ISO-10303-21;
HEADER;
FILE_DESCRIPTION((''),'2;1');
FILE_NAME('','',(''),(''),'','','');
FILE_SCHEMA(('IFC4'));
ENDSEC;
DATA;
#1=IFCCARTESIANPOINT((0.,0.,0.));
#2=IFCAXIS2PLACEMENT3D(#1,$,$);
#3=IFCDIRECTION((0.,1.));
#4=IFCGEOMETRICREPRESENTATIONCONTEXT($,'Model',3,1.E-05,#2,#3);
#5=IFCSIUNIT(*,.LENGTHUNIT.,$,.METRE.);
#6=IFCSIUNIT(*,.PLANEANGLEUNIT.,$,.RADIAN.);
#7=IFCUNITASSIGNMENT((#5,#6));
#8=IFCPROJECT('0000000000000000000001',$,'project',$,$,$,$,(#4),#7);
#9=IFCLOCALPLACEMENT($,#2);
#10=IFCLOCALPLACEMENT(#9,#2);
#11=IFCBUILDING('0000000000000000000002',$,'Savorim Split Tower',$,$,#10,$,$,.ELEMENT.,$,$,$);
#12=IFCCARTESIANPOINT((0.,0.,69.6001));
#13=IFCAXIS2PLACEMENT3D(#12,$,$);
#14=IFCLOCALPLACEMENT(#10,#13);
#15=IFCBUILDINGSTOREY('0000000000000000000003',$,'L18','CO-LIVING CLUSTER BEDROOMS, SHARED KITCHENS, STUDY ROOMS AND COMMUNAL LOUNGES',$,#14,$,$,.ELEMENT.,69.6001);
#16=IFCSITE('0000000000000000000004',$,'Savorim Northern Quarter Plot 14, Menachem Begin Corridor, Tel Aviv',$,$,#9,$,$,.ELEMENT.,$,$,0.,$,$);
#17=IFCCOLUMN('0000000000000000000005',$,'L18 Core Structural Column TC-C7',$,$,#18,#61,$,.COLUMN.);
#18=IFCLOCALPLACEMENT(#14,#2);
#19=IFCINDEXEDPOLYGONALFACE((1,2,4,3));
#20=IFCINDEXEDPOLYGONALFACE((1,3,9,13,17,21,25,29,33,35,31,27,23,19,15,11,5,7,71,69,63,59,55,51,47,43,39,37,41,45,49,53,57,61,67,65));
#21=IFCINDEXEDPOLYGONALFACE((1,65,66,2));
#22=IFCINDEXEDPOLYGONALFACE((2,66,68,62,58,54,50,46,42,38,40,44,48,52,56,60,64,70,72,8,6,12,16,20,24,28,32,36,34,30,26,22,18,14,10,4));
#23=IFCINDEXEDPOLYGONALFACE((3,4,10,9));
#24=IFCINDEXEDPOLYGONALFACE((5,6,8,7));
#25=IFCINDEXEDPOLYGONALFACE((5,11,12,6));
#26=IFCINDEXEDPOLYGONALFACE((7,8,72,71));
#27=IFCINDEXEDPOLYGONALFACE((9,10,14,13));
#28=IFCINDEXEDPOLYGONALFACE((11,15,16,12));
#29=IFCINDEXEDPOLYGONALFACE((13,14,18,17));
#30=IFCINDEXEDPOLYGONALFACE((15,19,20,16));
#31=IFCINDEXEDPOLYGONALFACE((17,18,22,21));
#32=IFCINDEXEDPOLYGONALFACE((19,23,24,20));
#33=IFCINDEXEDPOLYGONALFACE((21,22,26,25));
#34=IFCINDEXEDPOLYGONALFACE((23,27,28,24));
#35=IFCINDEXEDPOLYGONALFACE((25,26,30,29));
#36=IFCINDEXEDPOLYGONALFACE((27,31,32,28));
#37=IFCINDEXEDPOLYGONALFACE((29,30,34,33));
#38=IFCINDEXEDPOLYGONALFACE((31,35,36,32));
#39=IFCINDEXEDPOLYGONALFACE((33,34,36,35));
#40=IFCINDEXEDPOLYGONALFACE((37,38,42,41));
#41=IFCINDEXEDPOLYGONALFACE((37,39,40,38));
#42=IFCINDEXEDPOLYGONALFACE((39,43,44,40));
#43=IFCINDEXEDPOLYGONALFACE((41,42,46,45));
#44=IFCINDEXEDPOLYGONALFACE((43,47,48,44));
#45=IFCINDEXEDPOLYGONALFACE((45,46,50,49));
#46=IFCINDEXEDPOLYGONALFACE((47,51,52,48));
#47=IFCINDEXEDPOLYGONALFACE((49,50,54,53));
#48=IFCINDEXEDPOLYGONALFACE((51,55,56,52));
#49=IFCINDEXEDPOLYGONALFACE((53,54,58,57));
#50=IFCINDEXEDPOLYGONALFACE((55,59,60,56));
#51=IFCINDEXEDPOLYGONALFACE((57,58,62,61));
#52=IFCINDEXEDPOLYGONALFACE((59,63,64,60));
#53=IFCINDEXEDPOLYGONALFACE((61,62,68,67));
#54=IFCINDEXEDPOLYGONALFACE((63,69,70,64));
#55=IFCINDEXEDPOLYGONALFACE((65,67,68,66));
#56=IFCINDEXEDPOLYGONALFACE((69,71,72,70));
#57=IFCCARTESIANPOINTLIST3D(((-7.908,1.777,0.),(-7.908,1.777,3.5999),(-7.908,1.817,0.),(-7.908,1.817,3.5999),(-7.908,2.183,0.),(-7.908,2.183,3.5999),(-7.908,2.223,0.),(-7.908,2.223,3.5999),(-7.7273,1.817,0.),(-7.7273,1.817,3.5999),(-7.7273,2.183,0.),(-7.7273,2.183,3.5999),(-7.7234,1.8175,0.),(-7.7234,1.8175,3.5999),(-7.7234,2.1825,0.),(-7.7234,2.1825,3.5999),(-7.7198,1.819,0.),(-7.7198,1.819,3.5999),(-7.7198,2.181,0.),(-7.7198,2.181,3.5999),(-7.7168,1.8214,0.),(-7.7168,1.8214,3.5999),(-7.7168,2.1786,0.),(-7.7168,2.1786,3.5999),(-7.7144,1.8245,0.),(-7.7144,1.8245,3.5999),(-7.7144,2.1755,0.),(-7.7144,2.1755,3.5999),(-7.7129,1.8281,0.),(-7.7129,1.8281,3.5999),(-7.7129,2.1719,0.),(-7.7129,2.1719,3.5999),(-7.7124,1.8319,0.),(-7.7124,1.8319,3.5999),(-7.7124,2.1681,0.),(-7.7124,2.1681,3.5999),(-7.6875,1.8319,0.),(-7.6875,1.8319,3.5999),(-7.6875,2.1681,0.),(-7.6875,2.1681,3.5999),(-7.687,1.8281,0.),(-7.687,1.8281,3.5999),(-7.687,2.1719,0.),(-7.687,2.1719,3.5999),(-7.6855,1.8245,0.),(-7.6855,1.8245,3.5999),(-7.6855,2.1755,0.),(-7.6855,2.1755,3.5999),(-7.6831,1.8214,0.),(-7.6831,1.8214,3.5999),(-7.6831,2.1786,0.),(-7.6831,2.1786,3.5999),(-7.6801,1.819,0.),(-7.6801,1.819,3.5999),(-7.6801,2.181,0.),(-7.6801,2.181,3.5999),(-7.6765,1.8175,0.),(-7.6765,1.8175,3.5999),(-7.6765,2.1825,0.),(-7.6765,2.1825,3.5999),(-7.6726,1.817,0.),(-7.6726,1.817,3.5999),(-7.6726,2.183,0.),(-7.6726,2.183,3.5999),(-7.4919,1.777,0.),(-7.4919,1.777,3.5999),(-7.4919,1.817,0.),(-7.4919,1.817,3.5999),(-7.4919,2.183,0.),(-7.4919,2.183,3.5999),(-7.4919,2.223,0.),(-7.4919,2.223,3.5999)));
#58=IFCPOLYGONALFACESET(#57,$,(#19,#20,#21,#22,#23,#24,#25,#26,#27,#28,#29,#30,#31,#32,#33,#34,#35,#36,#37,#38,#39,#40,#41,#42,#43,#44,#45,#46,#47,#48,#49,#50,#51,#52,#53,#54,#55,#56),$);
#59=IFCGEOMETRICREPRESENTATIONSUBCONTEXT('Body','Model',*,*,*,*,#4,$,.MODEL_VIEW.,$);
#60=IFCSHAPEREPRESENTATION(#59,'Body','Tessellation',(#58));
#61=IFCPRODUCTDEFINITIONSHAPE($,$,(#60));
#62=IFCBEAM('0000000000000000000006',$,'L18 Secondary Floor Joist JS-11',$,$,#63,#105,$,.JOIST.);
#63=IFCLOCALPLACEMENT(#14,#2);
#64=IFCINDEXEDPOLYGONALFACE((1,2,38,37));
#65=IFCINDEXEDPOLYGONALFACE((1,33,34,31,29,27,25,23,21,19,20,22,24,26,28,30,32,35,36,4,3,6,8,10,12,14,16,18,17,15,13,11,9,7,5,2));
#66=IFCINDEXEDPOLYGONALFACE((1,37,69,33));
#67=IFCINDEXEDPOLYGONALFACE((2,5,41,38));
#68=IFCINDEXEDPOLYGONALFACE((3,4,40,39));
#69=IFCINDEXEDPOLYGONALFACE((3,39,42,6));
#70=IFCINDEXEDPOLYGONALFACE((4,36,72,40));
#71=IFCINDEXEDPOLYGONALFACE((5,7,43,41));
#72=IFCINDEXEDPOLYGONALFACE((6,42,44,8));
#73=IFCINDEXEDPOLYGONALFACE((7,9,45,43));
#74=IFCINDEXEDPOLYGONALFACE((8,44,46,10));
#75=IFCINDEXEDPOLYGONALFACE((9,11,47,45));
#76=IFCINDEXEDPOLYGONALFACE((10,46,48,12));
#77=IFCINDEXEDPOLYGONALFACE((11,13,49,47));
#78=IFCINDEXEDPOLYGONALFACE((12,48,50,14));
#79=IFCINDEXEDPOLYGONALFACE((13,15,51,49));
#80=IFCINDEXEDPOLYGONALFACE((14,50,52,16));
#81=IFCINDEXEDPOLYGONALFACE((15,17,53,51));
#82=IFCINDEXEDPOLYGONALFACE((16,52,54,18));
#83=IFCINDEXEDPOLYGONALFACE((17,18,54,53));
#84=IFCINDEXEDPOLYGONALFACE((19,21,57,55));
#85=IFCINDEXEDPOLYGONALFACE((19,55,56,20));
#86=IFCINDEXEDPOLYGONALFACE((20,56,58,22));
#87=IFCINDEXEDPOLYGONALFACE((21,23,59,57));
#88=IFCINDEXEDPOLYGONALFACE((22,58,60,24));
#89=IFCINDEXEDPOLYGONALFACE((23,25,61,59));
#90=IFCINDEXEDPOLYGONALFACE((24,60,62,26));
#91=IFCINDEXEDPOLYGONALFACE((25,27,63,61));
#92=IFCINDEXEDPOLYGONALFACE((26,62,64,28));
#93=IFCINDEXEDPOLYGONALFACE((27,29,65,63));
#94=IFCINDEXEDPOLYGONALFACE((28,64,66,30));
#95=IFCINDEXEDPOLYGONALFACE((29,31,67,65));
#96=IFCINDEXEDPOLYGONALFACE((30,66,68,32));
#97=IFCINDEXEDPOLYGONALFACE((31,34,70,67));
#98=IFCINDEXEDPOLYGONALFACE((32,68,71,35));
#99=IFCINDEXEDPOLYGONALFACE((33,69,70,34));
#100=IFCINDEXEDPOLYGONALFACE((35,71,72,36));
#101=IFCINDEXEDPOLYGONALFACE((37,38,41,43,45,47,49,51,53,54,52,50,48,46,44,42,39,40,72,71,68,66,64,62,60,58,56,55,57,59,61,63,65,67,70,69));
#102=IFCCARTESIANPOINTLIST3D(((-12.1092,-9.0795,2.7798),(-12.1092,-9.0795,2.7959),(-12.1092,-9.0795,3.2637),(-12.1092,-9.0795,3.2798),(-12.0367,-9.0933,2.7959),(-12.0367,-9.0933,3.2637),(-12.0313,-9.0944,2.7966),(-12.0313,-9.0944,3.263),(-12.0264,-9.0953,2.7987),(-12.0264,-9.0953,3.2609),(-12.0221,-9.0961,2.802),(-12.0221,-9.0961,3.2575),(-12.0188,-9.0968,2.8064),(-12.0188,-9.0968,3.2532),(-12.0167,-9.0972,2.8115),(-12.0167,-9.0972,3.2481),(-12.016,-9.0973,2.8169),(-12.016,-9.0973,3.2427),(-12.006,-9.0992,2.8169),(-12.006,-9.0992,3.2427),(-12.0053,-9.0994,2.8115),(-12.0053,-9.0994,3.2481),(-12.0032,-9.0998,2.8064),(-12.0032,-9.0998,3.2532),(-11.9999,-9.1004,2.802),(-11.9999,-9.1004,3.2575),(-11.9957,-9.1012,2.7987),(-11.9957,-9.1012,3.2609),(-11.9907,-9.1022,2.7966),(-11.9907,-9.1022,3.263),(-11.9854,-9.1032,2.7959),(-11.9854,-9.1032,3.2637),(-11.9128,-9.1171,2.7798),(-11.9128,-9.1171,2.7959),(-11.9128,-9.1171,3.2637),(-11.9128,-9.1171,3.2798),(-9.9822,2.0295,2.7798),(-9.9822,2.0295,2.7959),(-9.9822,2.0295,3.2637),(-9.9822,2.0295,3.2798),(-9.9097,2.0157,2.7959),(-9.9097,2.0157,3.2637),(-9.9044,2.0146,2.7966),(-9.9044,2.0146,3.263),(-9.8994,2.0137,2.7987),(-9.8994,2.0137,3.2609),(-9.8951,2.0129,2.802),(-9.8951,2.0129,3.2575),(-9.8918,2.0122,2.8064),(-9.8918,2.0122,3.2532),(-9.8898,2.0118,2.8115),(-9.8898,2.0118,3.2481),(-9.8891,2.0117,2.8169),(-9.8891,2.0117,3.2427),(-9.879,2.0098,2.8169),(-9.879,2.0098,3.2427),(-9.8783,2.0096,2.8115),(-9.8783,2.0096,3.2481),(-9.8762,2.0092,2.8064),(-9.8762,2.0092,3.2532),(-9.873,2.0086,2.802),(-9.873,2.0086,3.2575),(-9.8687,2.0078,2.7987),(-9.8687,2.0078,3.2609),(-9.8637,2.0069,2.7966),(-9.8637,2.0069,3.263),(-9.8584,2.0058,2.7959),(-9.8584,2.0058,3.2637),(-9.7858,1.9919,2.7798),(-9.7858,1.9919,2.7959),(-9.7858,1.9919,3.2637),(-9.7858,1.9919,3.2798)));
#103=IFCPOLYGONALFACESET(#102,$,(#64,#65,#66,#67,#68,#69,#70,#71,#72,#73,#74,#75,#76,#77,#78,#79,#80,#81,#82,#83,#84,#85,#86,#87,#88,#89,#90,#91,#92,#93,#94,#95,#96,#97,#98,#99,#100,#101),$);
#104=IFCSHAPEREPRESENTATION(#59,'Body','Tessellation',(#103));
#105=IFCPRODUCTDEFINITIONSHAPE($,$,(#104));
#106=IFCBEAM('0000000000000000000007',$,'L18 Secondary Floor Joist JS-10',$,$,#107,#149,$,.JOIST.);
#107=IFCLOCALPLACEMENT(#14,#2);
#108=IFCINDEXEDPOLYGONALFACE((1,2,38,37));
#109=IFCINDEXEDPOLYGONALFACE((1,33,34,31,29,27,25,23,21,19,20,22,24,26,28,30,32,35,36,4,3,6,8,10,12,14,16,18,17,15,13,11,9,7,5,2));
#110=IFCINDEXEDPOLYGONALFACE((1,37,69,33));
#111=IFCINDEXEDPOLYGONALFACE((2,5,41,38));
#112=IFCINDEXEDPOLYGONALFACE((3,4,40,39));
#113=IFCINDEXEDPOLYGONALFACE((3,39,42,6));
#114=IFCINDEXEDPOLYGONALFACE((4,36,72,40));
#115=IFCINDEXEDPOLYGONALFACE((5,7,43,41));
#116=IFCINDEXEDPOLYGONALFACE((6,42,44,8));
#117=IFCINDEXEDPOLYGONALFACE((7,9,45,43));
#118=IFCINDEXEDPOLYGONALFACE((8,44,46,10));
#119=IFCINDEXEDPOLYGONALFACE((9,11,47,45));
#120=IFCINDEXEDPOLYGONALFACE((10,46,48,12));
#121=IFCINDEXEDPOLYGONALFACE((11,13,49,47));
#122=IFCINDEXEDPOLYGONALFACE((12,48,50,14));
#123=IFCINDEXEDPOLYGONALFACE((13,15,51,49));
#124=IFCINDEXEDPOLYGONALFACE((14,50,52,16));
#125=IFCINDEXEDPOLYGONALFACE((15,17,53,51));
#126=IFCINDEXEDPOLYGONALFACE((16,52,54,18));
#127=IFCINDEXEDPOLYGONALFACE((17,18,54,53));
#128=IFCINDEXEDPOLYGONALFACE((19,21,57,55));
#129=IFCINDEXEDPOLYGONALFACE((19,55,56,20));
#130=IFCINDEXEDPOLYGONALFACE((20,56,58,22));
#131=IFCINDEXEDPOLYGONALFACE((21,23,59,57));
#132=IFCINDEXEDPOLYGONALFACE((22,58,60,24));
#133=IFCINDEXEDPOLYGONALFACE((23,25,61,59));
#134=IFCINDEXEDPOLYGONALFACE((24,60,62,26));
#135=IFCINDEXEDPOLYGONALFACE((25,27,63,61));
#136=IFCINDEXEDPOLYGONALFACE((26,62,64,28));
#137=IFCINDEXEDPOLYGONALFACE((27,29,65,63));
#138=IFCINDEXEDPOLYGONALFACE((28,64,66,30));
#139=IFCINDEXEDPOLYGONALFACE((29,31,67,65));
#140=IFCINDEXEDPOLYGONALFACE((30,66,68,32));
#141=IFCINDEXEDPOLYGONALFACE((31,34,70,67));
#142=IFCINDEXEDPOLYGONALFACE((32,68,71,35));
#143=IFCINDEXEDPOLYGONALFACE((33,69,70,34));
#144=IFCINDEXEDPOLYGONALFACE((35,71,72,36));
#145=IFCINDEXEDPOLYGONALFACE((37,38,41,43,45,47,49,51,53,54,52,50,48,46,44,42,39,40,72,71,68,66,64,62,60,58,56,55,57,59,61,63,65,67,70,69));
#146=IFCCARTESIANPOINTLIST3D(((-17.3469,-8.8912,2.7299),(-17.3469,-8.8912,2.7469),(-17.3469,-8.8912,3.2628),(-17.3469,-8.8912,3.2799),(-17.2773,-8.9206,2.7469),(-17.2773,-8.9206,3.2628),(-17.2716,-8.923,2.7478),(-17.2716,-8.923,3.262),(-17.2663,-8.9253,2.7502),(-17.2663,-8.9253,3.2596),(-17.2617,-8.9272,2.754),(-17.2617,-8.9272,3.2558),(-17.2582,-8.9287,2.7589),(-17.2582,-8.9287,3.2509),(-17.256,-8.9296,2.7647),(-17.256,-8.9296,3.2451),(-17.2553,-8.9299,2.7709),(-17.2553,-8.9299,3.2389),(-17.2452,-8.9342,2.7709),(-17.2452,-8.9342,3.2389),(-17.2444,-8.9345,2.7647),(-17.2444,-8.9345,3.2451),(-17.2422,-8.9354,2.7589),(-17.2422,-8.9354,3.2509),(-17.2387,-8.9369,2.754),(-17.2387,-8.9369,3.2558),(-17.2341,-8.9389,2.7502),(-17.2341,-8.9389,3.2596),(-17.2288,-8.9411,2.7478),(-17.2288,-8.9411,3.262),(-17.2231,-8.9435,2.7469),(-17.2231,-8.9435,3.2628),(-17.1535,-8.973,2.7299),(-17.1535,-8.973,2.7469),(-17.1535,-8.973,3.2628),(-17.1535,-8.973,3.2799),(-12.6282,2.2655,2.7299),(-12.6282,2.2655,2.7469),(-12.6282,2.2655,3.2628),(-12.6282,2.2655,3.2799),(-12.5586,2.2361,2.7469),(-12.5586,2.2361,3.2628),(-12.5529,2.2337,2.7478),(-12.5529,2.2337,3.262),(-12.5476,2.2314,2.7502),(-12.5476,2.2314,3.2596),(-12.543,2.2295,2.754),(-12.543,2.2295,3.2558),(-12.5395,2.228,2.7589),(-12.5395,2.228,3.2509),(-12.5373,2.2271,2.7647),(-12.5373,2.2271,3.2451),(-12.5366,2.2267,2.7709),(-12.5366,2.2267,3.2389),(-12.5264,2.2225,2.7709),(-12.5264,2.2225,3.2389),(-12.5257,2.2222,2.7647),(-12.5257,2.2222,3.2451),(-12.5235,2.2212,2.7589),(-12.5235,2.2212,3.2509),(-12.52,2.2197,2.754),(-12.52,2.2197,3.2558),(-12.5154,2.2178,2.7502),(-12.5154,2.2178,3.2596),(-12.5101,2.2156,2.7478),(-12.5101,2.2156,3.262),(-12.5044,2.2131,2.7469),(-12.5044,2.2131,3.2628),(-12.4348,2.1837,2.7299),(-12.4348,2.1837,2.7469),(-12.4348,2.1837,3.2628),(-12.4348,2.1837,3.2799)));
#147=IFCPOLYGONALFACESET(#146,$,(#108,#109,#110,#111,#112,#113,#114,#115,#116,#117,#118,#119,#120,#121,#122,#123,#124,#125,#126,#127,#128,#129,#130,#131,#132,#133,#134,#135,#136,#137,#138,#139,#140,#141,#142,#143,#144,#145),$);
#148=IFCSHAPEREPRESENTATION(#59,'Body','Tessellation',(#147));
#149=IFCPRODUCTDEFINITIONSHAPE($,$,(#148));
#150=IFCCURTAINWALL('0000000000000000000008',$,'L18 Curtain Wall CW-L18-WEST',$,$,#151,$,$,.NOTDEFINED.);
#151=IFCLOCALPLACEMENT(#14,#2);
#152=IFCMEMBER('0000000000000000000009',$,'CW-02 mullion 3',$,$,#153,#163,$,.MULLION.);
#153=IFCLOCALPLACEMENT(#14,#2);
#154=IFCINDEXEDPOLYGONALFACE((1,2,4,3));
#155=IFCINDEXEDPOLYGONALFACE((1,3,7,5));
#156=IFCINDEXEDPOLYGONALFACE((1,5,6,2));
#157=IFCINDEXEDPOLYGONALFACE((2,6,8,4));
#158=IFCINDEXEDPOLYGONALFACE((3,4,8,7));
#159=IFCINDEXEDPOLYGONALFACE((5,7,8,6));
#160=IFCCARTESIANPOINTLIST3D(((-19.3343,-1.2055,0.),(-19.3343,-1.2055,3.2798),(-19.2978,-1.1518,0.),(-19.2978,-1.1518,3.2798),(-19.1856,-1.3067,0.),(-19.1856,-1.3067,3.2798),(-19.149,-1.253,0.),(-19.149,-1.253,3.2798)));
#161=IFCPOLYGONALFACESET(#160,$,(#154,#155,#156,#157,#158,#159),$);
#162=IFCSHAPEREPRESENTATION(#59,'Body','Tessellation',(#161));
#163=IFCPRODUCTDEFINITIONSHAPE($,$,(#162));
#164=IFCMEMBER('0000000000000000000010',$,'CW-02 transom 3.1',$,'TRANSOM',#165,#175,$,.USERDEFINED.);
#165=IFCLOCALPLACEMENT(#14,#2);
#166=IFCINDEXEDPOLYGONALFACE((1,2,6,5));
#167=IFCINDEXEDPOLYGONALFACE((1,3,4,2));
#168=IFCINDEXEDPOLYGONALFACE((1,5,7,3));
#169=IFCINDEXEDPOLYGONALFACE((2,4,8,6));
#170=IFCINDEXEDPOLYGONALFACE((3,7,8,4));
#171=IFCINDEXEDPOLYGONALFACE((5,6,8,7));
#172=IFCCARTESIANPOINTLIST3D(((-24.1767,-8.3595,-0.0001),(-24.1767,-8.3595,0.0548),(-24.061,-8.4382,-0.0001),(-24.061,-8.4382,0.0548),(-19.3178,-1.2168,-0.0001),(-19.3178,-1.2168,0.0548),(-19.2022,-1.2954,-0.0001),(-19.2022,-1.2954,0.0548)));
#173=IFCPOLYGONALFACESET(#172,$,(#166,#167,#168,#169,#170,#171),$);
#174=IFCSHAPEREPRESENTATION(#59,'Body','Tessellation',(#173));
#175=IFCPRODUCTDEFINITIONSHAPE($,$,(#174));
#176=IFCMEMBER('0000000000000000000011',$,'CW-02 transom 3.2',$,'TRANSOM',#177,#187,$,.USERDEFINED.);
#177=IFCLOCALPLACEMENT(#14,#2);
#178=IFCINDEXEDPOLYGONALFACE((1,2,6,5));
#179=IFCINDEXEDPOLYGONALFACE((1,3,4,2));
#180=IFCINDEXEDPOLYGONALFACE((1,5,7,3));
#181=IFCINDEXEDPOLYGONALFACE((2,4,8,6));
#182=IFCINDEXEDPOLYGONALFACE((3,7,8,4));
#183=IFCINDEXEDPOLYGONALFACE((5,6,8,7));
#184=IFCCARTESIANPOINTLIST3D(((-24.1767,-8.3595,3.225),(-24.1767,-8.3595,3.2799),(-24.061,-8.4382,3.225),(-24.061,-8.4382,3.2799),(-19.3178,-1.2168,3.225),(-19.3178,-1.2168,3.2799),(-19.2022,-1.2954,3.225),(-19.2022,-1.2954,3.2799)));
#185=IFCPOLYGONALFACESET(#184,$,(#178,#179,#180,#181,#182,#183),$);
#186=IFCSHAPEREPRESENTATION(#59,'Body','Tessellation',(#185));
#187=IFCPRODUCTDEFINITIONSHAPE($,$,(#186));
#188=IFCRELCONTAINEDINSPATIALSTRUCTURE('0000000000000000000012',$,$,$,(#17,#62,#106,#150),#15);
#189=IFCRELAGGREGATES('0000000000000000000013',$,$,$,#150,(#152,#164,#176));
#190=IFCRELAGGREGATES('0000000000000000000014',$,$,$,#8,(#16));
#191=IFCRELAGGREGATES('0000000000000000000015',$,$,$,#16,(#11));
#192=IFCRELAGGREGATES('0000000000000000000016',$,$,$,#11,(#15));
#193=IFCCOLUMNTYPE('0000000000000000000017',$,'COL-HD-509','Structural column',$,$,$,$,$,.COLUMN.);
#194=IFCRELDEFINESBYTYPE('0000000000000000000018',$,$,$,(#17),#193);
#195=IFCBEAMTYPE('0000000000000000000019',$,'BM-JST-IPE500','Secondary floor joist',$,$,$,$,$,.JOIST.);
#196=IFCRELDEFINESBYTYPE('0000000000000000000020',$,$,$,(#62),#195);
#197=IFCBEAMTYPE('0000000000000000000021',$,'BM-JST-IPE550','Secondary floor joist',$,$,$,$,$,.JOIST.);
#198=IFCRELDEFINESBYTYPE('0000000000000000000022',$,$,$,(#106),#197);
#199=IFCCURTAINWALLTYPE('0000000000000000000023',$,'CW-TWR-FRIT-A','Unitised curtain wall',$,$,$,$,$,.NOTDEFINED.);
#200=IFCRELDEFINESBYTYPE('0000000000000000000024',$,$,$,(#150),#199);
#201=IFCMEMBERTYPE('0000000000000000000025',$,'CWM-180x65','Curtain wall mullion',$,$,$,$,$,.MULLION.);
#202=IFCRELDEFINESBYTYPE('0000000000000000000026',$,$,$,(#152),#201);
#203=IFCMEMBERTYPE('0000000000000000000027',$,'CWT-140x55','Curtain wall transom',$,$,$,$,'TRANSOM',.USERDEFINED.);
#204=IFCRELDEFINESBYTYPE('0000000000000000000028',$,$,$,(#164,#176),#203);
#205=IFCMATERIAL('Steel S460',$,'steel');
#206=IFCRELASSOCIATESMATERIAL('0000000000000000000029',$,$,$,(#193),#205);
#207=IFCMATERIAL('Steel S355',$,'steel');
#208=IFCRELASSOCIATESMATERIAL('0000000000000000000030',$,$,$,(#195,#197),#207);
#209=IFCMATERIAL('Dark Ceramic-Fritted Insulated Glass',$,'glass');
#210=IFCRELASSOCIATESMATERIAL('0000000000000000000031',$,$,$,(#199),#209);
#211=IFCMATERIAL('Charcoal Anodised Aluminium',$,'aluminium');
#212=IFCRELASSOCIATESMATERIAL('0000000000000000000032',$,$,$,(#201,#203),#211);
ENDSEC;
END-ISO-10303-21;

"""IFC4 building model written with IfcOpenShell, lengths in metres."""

from ifc_helpers import new_model, si_unit, direction, frame, origin, origin_2d, place, context, subcontext, project, spatial, rectangle, i_section, extrude, material, material_profile, profile_set, type_object, element, aggregate, save


model = new_model("IFC4")

# Units and contexts
model_context = context("Model", 3, precision=1e-05, world=origin(), true_north=direction((0.0, 1.0)))
body_context = subcontext(model_context, "Body", "Model", "MODEL_VIEW")
ifc_project = project(units=[si_unit("LENGTHUNIT", "METRE"), si_unit("PLANEANGLEUNIT", "RADIAN")], contexts=[model_context])

# Site, building, storey
site_placement = place(None, origin())
site = spatial("IfcSite", under=ifc_project, at=site_placement, Name="Savorim Northern Quarter Plot 14, Menachem Begin Corridor, Tel Aviv", CompositionType="ELEMENT", RefElevation=0.0)
building_placement = place(site_placement, origin())
building = spatial("IfcBuilding", under=site, at=building_placement, Name="Savorim Split Tower", CompositionType="ELEMENT")
storey_placement = place(building_placement, frame((0.0, 0.0, 69.6001)))
storey = spatial("IfcBuildingStorey", under=building, at=storey_placement, Name="L18", Description="CO-LIVING CLUSTER BEDROOMS, SHARED KITCHENS, STUDY ROOMS AND COMMUNAL LOUNGES", CompositionType="ELEMENT", Elevation=69.6001)

# Column
ifc_material_1 = material(Name="Steel S460", Category="steel")
ifc_material_profile_1 = material_profile(ifc_material_1, i_section(OverallWidth=0.416, OverallDepth=0.446, WebThickness=0.0249, FlangeThickness=0.04, FilletRadius=0.0149, at=origin_2d()), Name="HD 400x509")
ifc_profile_set_1 = profile_set([ifc_material_profile_1], Name="Steel S460")
column_type = type_object("IfcColumnType", Name="COL-HD-509", Description="Structural column", PredefinedType="COLUMN", material=ifc_profile_set_1)
column_placement = place(storey_placement, frame((-7.7, 2.0, 0.0), z_axis=(0.0, 0.0, 1.0), x_axis=(1.0, 0.0, 0.0)))
element("IfcColumn", 1, at=column_placement, inside=storey, type_object=column_type, Name="L18 Core Structural Column TC-C7", PredefinedType="COLUMN", context=body_context, shape_type="SweptSolid", body=[
    extrude(i_section(OverallWidth=0.416, OverallDepth=0.446, WebThickness=0.0249, FlangeThickness=0.04, FilletRadius=0.0149, at=origin_2d()), origin(), (0.0, 0.0, 1.0), 3.5999),
])

# Beams
ifc_material_2 = material(Name="Steel S355", Category="steel")
ifc_material_profile_2 = material_profile(ifc_material_2, i_section(OverallWidth=0.2, OverallDepth=0.5, WebThickness=0.0103, FlangeThickness=0.0161, FilletRadius=0.021, at=origin_2d()), Name="IPE 500")
ifc_profile_set_2 = profile_set([ifc_material_profile_2], Name="Steel S355")
beam_type_1 = type_object("IfcBeamType", Name="BM-JST-IPE500", Description="Secondary floor joist", PredefinedType="JOIST", material=ifc_profile_set_2)
beam_1_placement = place(storey_placement, frame((-9.884, 2.0107, 3.0298), z_axis=(-0.188048, -0.98216, 0.0), x_axis=(0.98216, -0.188048, 0.0)))
element("IfcBeam", 2, at=beam_1_placement, inside=storey, type_object=beam_type_1, Name="L18 Secondary Floor Joist JS-11", PredefinedType="JOIST", context=body_context, shape_type="SweptSolid", body=[
    extrude(i_section(OverallWidth=0.2, OverallDepth=0.5, WebThickness=0.0103, FlangeThickness=0.0161, FilletRadius=0.021, at=origin_2d()), origin(), (0.0, 0.0, 1.0), 11.3108),
])
ifc_material_profile_3 = material_profile(ifc_material_2, i_section(OverallWidth=0.21, OverallDepth=0.55, WebThickness=0.011, FlangeThickness=0.0171, FilletRadius=0.0239, at=origin_2d()), Name="IPE 550")
ifc_profile_set_3 = profile_set([ifc_material_profile_3], Name="Steel S355")
beam_type_2 = type_object("IfcBeamType", Name="BM-JST-IPE550", Description="Secondary floor joist", PredefinedType="JOIST", material=ifc_profile_set_3)
beam_2_placement = place(storey_placement, frame((-12.5315, 2.2246, 3.0049), z_axis=(-0.389541, -0.921009, 0.0), x_axis=(0.921009, -0.389541, 0.0)))
element("IfcBeam", 3, at=beam_2_placement, inside=storey, type_object=beam_type_2, Name="L18 Secondary Floor Joist JS-10", PredefinedType="JOIST", context=body_context, shape_type="SweptSolid", body=[
    extrude(i_section(OverallWidth=0.21, OverallDepth=0.55, WebThickness=0.011, FlangeThickness=0.0171, FilletRadius=0.0239, at=origin_2d()), origin(), (0.0, 0.0, 1.0), 12.1135),
])

# Curtain wall, members
ifc_material_3 = material(Name="Dark Ceramic-Fritted Insulated Glass", Category="glass")
curtain_wall_type = type_object("IfcCurtainWallType", Name="CW-TWR-FRIT-A", Description="Unitised curtain wall", PredefinedType="NOTDEFINED", material=ifc_material_3)
curtain_wall_placement = place(storey_placement, origin())
curtain_wall = element("IfcCurtainWall", 4, at=curtain_wall_placement, inside=storey, type_object=curtain_wall_type, Name="L18 Curtain Wall CW-L18-WEST", PredefinedType="NOTDEFINED")
ifc_material_4 = material(Name="Charcoal Anodised Aluminium", Category="aluminium")
ifc_material_profile_4 = material_profile(ifc_material_4, rectangle(XDim=0.1799, YDim=0.0649, at=origin_2d()), Name="ALU-M 180x65")
ifc_profile_set_4 = profile_set([ifc_material_profile_4], Name="Charcoal Anodised Aluminium")
member_type_1 = type_object("IfcMemberType", Name="CWM-180x65", Description="Curtain wall mullion", PredefinedType="MULLION", material=ifc_profile_set_4)
member_1_placement = place(storey_placement, frame((-19.2417, -1.2292, 0.0), z_axis=(0.0, 0.0, 1.0), x_axis=(0.82682, -0.562466, 0.0)))
member_1 = element("IfcMember", 5, at=member_1_placement, type_object=member_type_1, Name="CW-02 mullion 3", PredefinedType="MULLION", context=body_context, shape_type="SweptSolid", body=[
    extrude(rectangle(XDim=0.1799, YDim=0.0649, at=origin_2d()), origin(), (0.0, 0.0, 1.0), 3.2798),
])
ifc_material_profile_5 = material_profile(ifc_material_4, rectangle(XDim=0.1399, YDim=0.0549, at=origin_2d()), Name="ALU-T 140x55")
ifc_profile_set_5 = profile_set([ifc_material_profile_5], Name="Charcoal Anodised Aluminium")
member_type_2 = type_object("IfcMemberType", Name="CWT-140x55", Description="Curtain wall transom", ElementType="TRANSOM", PredefinedType="USERDEFINED", material=ifc_profile_set_5)
member_2_placement = place(storey_placement, frame((-19.26, -1.2561, 0.0273), z_axis=(-0.56245, -0.826831, 0.0), x_axis=(0.826831, -0.56245, 0.0)))
member_2 = element("IfcMember", 6, at=member_2_placement, type_object=member_type_2, Name="CW-02 transom 3.1", ObjectType="TRANSOM", PredefinedType="USERDEFINED", context=body_context, shape_type="SweptSolid", body=[
    extrude(rectangle(XDim=0.1399, YDim=0.0549, at=origin_2d()), origin(), (0.0, 0.0, 1.0), 8.6387),
])
member_3_placement = place(storey_placement, frame((-19.26, -1.2561, 3.2524), z_axis=(-0.56245, -0.826831, 0.0), x_axis=(0.826831, -0.56245, 0.0)))
member_3 = element("IfcMember", 7, at=member_3_placement, type_object=member_type_2, Name="CW-02 transom 3.2", ObjectType="TRANSOM", PredefinedType="USERDEFINED", context=body_context, shape_type="SweptSolid", body=[
    extrude(rectangle(XDim=0.1399, YDim=0.0549, at=origin_2d()), origin(), (0.0, 0.0, 1.0), 8.6387),
])
aggregate(curtain_wall, [member_1, member_2, member_3])

save(model, "model.ifc")
